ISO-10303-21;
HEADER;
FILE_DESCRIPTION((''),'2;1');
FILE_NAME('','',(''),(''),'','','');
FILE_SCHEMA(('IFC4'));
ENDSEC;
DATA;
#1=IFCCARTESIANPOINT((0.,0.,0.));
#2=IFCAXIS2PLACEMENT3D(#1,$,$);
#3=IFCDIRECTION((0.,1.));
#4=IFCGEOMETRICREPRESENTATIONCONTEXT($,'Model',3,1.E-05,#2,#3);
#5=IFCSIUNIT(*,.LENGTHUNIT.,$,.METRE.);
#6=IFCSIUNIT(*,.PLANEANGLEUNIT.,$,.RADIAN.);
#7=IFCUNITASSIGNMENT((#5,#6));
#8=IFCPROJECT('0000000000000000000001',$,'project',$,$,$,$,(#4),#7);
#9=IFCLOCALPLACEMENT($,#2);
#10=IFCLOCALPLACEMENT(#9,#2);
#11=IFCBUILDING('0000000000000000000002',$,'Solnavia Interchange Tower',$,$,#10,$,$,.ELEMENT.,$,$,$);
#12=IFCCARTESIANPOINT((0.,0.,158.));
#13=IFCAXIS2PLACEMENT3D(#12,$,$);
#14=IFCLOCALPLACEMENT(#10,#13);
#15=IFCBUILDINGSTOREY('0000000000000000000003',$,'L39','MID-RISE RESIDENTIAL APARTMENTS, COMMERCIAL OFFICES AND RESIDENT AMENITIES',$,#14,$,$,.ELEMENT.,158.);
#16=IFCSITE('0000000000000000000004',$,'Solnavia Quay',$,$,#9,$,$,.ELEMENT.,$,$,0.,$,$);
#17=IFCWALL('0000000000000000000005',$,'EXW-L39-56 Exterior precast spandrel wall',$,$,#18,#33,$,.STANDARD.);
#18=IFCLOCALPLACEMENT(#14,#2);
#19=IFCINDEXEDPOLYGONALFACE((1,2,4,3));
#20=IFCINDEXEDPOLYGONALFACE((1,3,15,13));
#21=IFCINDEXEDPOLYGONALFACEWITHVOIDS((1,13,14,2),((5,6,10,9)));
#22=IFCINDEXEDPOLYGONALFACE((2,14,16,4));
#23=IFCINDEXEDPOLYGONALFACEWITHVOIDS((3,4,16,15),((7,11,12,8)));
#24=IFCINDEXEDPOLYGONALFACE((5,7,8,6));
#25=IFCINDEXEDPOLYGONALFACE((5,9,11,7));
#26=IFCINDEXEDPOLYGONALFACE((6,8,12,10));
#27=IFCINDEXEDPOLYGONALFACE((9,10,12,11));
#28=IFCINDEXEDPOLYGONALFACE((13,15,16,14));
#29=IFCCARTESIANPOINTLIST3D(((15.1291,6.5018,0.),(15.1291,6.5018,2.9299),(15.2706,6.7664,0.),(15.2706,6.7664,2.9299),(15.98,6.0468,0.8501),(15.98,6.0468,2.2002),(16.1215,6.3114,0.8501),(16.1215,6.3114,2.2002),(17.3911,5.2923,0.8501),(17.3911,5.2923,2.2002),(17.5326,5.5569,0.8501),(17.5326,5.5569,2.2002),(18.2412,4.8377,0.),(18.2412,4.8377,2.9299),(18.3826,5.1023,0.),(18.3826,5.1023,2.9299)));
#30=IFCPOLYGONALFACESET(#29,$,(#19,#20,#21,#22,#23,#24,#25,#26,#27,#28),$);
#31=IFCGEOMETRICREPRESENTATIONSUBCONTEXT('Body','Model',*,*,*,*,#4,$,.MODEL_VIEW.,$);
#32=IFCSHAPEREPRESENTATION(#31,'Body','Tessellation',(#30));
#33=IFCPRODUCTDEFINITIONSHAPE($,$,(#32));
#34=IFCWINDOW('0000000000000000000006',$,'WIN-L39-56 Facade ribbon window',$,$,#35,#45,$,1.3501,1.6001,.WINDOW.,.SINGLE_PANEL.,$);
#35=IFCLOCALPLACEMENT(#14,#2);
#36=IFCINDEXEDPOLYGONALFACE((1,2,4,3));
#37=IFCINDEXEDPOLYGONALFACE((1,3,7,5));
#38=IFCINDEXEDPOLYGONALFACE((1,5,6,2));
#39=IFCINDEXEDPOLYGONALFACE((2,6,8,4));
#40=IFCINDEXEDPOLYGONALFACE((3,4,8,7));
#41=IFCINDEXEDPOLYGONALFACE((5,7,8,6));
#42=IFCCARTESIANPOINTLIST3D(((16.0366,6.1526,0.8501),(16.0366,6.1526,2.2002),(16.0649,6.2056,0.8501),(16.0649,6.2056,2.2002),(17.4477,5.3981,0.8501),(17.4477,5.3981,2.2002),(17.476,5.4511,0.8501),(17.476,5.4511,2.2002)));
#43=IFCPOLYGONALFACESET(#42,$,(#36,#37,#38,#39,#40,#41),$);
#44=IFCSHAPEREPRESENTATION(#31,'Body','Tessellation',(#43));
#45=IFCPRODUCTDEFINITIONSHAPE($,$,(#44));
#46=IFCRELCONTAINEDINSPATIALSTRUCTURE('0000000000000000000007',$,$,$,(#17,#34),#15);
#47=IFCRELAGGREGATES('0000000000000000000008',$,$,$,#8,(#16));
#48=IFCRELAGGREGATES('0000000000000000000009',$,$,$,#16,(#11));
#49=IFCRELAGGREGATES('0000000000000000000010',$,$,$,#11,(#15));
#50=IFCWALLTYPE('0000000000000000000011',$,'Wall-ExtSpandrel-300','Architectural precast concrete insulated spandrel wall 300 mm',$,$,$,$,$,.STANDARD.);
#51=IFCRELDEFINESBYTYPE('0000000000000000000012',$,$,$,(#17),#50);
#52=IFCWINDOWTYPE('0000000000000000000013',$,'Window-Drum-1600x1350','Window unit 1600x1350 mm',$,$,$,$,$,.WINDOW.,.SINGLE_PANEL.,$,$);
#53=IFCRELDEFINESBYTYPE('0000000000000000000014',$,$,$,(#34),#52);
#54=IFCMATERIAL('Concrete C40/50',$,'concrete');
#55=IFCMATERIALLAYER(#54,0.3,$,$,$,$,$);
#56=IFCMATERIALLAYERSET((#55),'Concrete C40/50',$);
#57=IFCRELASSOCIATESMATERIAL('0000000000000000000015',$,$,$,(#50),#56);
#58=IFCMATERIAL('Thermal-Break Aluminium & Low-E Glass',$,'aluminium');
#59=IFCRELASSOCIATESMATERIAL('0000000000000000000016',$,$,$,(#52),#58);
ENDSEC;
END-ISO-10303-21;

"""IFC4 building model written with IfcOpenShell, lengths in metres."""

from ifc_helpers import new_model, si_unit, direction, frame, frame_2d, origin, place, context, subcontext, project, spatial, rectangle, extrude, material, layer, layer_set, type_object, element, fill, save


model = new_model("IFC4")

# Units and contexts
model_context = context("Model", 3, precision=1e-05, world=origin(), true_north=direction((0.0, 1.0)))
body_context = subcontext(model_context, "Body", "Model", "MODEL_VIEW")
ifc_project = project(units=[si_unit("LENGTHUNIT", "METRE"), si_unit("PLANEANGLEUNIT", "RADIAN")], contexts=[model_context])

# Site, building, storey
site_placement = place(None, origin())
site = spatial("IfcSite", under=ifc_project, at=site_placement, Name="Solnavia Quay", CompositionType="ELEMENT", RefElevation=0.0)
building_placement = place(site_placement, origin())
building = spatial("IfcBuilding", under=site, at=building_placement, Name="Solnavia Interchange Tower", CompositionType="ELEMENT")
storey_placement = place(building_placement, frame((0.0, 0.0, 158.0)))
storey = spatial("IfcBuildingStorey", under=building, at=storey_placement, Name="L39", Description="MID-RISE RESIDENTIAL APARTMENTS, COMMERCIAL OFFICES AND RESIDENT AMENITIES", CompositionType="ELEMENT", Elevation=158.0)

# Wall, opening, window
ifc_material_1 = material(Name="Concrete C40/50", Category="concrete")
ifc_layer_1 = layer(ifc_material_1, 0.3)
ifc_layer_set_1 = layer_set([ifc_layer_1], Name="Concrete C40/50")
wall_type = type_object("IfcWallType", Name="Wall-ExtSpandrel-300", Description="Architectural precast concrete insulated spandrel wall 300 mm", PredefinedType="STANDARD", material=ifc_layer_set_1)
wall_placement = place(storey_placement, frame((18.312, 4.97, 0.0), z_axis=(0.0, 0.0, 1.0), x_axis=(-0.881847, 0.471536, 0.0)))
wall = element("IfcWall", 1, at=wall_placement, inside=storey, type_object=wall_type, Name="EXW-L39-56 Exterior precast spandrel wall", PredefinedType="STANDARD", context=body_context, shape_type="SweptSolid", body=[
    extrude(rectangle(XDim=3.5291, YDim=0.3, at=frame_2d((1.7646, 0.0))), origin(), (0.0, 0.0, 1.0), 2.9299),
])
opening_placement = place(wall_placement, frame((0.9641, 0.0, 0.8501)))
opening = element("IfcOpeningElement", 2, at=opening_placement, cuts=wall, PredefinedType="OPENING", context=body_context, shape_type="SweptSolid", body=[
    extrude(rectangle(XDim=1.6001, YDim=1.3501, at=frame_2d((0.8, 0.675))), frame((0.0, 0.1602, 0.0), z_axis=(0.0, -1.0, 0.0), x_axis=(1.0, 0.0, 0.0)), (0.0, 0.0, 1.0), 0.3201),
])
ifc_material_2 = material(Name="Thermal-Break Aluminium & Low-E Glass", Category="aluminium")
window_type = type_object("IfcWindowType", Name="Window-Drum-1600x1350", Description="Window unit 1600x1350 mm", PartitioningType="SINGLE_PANEL", PredefinedType="WINDOW", material=ifc_material_2)
window_placement = place(opening_placement, origin())
window = element("IfcWindow", 3, at=window_placement, inside=storey, type_object=window_type, Name="WIN-L39-56 Facade ribbon window", OverallHeight=1.3501, OverallWidth=1.6001, PartitioningType="SINGLE_PANEL", PredefinedType="WINDOW", context=body_context, shape_type="SweptSolid", body=[
    extrude(rectangle(XDim=1.6001, YDim=1.3501, at=frame_2d((0.8, 0.675))), frame((0.0, 0.03, 0.0), z_axis=(0.0, -1.0, 0.0), x_axis=(1.0, 0.0, 0.0)), (0.0, 0.0, 1.0), 0.0601),
])
fill(opening, window)

save(model, "model.ifc")
